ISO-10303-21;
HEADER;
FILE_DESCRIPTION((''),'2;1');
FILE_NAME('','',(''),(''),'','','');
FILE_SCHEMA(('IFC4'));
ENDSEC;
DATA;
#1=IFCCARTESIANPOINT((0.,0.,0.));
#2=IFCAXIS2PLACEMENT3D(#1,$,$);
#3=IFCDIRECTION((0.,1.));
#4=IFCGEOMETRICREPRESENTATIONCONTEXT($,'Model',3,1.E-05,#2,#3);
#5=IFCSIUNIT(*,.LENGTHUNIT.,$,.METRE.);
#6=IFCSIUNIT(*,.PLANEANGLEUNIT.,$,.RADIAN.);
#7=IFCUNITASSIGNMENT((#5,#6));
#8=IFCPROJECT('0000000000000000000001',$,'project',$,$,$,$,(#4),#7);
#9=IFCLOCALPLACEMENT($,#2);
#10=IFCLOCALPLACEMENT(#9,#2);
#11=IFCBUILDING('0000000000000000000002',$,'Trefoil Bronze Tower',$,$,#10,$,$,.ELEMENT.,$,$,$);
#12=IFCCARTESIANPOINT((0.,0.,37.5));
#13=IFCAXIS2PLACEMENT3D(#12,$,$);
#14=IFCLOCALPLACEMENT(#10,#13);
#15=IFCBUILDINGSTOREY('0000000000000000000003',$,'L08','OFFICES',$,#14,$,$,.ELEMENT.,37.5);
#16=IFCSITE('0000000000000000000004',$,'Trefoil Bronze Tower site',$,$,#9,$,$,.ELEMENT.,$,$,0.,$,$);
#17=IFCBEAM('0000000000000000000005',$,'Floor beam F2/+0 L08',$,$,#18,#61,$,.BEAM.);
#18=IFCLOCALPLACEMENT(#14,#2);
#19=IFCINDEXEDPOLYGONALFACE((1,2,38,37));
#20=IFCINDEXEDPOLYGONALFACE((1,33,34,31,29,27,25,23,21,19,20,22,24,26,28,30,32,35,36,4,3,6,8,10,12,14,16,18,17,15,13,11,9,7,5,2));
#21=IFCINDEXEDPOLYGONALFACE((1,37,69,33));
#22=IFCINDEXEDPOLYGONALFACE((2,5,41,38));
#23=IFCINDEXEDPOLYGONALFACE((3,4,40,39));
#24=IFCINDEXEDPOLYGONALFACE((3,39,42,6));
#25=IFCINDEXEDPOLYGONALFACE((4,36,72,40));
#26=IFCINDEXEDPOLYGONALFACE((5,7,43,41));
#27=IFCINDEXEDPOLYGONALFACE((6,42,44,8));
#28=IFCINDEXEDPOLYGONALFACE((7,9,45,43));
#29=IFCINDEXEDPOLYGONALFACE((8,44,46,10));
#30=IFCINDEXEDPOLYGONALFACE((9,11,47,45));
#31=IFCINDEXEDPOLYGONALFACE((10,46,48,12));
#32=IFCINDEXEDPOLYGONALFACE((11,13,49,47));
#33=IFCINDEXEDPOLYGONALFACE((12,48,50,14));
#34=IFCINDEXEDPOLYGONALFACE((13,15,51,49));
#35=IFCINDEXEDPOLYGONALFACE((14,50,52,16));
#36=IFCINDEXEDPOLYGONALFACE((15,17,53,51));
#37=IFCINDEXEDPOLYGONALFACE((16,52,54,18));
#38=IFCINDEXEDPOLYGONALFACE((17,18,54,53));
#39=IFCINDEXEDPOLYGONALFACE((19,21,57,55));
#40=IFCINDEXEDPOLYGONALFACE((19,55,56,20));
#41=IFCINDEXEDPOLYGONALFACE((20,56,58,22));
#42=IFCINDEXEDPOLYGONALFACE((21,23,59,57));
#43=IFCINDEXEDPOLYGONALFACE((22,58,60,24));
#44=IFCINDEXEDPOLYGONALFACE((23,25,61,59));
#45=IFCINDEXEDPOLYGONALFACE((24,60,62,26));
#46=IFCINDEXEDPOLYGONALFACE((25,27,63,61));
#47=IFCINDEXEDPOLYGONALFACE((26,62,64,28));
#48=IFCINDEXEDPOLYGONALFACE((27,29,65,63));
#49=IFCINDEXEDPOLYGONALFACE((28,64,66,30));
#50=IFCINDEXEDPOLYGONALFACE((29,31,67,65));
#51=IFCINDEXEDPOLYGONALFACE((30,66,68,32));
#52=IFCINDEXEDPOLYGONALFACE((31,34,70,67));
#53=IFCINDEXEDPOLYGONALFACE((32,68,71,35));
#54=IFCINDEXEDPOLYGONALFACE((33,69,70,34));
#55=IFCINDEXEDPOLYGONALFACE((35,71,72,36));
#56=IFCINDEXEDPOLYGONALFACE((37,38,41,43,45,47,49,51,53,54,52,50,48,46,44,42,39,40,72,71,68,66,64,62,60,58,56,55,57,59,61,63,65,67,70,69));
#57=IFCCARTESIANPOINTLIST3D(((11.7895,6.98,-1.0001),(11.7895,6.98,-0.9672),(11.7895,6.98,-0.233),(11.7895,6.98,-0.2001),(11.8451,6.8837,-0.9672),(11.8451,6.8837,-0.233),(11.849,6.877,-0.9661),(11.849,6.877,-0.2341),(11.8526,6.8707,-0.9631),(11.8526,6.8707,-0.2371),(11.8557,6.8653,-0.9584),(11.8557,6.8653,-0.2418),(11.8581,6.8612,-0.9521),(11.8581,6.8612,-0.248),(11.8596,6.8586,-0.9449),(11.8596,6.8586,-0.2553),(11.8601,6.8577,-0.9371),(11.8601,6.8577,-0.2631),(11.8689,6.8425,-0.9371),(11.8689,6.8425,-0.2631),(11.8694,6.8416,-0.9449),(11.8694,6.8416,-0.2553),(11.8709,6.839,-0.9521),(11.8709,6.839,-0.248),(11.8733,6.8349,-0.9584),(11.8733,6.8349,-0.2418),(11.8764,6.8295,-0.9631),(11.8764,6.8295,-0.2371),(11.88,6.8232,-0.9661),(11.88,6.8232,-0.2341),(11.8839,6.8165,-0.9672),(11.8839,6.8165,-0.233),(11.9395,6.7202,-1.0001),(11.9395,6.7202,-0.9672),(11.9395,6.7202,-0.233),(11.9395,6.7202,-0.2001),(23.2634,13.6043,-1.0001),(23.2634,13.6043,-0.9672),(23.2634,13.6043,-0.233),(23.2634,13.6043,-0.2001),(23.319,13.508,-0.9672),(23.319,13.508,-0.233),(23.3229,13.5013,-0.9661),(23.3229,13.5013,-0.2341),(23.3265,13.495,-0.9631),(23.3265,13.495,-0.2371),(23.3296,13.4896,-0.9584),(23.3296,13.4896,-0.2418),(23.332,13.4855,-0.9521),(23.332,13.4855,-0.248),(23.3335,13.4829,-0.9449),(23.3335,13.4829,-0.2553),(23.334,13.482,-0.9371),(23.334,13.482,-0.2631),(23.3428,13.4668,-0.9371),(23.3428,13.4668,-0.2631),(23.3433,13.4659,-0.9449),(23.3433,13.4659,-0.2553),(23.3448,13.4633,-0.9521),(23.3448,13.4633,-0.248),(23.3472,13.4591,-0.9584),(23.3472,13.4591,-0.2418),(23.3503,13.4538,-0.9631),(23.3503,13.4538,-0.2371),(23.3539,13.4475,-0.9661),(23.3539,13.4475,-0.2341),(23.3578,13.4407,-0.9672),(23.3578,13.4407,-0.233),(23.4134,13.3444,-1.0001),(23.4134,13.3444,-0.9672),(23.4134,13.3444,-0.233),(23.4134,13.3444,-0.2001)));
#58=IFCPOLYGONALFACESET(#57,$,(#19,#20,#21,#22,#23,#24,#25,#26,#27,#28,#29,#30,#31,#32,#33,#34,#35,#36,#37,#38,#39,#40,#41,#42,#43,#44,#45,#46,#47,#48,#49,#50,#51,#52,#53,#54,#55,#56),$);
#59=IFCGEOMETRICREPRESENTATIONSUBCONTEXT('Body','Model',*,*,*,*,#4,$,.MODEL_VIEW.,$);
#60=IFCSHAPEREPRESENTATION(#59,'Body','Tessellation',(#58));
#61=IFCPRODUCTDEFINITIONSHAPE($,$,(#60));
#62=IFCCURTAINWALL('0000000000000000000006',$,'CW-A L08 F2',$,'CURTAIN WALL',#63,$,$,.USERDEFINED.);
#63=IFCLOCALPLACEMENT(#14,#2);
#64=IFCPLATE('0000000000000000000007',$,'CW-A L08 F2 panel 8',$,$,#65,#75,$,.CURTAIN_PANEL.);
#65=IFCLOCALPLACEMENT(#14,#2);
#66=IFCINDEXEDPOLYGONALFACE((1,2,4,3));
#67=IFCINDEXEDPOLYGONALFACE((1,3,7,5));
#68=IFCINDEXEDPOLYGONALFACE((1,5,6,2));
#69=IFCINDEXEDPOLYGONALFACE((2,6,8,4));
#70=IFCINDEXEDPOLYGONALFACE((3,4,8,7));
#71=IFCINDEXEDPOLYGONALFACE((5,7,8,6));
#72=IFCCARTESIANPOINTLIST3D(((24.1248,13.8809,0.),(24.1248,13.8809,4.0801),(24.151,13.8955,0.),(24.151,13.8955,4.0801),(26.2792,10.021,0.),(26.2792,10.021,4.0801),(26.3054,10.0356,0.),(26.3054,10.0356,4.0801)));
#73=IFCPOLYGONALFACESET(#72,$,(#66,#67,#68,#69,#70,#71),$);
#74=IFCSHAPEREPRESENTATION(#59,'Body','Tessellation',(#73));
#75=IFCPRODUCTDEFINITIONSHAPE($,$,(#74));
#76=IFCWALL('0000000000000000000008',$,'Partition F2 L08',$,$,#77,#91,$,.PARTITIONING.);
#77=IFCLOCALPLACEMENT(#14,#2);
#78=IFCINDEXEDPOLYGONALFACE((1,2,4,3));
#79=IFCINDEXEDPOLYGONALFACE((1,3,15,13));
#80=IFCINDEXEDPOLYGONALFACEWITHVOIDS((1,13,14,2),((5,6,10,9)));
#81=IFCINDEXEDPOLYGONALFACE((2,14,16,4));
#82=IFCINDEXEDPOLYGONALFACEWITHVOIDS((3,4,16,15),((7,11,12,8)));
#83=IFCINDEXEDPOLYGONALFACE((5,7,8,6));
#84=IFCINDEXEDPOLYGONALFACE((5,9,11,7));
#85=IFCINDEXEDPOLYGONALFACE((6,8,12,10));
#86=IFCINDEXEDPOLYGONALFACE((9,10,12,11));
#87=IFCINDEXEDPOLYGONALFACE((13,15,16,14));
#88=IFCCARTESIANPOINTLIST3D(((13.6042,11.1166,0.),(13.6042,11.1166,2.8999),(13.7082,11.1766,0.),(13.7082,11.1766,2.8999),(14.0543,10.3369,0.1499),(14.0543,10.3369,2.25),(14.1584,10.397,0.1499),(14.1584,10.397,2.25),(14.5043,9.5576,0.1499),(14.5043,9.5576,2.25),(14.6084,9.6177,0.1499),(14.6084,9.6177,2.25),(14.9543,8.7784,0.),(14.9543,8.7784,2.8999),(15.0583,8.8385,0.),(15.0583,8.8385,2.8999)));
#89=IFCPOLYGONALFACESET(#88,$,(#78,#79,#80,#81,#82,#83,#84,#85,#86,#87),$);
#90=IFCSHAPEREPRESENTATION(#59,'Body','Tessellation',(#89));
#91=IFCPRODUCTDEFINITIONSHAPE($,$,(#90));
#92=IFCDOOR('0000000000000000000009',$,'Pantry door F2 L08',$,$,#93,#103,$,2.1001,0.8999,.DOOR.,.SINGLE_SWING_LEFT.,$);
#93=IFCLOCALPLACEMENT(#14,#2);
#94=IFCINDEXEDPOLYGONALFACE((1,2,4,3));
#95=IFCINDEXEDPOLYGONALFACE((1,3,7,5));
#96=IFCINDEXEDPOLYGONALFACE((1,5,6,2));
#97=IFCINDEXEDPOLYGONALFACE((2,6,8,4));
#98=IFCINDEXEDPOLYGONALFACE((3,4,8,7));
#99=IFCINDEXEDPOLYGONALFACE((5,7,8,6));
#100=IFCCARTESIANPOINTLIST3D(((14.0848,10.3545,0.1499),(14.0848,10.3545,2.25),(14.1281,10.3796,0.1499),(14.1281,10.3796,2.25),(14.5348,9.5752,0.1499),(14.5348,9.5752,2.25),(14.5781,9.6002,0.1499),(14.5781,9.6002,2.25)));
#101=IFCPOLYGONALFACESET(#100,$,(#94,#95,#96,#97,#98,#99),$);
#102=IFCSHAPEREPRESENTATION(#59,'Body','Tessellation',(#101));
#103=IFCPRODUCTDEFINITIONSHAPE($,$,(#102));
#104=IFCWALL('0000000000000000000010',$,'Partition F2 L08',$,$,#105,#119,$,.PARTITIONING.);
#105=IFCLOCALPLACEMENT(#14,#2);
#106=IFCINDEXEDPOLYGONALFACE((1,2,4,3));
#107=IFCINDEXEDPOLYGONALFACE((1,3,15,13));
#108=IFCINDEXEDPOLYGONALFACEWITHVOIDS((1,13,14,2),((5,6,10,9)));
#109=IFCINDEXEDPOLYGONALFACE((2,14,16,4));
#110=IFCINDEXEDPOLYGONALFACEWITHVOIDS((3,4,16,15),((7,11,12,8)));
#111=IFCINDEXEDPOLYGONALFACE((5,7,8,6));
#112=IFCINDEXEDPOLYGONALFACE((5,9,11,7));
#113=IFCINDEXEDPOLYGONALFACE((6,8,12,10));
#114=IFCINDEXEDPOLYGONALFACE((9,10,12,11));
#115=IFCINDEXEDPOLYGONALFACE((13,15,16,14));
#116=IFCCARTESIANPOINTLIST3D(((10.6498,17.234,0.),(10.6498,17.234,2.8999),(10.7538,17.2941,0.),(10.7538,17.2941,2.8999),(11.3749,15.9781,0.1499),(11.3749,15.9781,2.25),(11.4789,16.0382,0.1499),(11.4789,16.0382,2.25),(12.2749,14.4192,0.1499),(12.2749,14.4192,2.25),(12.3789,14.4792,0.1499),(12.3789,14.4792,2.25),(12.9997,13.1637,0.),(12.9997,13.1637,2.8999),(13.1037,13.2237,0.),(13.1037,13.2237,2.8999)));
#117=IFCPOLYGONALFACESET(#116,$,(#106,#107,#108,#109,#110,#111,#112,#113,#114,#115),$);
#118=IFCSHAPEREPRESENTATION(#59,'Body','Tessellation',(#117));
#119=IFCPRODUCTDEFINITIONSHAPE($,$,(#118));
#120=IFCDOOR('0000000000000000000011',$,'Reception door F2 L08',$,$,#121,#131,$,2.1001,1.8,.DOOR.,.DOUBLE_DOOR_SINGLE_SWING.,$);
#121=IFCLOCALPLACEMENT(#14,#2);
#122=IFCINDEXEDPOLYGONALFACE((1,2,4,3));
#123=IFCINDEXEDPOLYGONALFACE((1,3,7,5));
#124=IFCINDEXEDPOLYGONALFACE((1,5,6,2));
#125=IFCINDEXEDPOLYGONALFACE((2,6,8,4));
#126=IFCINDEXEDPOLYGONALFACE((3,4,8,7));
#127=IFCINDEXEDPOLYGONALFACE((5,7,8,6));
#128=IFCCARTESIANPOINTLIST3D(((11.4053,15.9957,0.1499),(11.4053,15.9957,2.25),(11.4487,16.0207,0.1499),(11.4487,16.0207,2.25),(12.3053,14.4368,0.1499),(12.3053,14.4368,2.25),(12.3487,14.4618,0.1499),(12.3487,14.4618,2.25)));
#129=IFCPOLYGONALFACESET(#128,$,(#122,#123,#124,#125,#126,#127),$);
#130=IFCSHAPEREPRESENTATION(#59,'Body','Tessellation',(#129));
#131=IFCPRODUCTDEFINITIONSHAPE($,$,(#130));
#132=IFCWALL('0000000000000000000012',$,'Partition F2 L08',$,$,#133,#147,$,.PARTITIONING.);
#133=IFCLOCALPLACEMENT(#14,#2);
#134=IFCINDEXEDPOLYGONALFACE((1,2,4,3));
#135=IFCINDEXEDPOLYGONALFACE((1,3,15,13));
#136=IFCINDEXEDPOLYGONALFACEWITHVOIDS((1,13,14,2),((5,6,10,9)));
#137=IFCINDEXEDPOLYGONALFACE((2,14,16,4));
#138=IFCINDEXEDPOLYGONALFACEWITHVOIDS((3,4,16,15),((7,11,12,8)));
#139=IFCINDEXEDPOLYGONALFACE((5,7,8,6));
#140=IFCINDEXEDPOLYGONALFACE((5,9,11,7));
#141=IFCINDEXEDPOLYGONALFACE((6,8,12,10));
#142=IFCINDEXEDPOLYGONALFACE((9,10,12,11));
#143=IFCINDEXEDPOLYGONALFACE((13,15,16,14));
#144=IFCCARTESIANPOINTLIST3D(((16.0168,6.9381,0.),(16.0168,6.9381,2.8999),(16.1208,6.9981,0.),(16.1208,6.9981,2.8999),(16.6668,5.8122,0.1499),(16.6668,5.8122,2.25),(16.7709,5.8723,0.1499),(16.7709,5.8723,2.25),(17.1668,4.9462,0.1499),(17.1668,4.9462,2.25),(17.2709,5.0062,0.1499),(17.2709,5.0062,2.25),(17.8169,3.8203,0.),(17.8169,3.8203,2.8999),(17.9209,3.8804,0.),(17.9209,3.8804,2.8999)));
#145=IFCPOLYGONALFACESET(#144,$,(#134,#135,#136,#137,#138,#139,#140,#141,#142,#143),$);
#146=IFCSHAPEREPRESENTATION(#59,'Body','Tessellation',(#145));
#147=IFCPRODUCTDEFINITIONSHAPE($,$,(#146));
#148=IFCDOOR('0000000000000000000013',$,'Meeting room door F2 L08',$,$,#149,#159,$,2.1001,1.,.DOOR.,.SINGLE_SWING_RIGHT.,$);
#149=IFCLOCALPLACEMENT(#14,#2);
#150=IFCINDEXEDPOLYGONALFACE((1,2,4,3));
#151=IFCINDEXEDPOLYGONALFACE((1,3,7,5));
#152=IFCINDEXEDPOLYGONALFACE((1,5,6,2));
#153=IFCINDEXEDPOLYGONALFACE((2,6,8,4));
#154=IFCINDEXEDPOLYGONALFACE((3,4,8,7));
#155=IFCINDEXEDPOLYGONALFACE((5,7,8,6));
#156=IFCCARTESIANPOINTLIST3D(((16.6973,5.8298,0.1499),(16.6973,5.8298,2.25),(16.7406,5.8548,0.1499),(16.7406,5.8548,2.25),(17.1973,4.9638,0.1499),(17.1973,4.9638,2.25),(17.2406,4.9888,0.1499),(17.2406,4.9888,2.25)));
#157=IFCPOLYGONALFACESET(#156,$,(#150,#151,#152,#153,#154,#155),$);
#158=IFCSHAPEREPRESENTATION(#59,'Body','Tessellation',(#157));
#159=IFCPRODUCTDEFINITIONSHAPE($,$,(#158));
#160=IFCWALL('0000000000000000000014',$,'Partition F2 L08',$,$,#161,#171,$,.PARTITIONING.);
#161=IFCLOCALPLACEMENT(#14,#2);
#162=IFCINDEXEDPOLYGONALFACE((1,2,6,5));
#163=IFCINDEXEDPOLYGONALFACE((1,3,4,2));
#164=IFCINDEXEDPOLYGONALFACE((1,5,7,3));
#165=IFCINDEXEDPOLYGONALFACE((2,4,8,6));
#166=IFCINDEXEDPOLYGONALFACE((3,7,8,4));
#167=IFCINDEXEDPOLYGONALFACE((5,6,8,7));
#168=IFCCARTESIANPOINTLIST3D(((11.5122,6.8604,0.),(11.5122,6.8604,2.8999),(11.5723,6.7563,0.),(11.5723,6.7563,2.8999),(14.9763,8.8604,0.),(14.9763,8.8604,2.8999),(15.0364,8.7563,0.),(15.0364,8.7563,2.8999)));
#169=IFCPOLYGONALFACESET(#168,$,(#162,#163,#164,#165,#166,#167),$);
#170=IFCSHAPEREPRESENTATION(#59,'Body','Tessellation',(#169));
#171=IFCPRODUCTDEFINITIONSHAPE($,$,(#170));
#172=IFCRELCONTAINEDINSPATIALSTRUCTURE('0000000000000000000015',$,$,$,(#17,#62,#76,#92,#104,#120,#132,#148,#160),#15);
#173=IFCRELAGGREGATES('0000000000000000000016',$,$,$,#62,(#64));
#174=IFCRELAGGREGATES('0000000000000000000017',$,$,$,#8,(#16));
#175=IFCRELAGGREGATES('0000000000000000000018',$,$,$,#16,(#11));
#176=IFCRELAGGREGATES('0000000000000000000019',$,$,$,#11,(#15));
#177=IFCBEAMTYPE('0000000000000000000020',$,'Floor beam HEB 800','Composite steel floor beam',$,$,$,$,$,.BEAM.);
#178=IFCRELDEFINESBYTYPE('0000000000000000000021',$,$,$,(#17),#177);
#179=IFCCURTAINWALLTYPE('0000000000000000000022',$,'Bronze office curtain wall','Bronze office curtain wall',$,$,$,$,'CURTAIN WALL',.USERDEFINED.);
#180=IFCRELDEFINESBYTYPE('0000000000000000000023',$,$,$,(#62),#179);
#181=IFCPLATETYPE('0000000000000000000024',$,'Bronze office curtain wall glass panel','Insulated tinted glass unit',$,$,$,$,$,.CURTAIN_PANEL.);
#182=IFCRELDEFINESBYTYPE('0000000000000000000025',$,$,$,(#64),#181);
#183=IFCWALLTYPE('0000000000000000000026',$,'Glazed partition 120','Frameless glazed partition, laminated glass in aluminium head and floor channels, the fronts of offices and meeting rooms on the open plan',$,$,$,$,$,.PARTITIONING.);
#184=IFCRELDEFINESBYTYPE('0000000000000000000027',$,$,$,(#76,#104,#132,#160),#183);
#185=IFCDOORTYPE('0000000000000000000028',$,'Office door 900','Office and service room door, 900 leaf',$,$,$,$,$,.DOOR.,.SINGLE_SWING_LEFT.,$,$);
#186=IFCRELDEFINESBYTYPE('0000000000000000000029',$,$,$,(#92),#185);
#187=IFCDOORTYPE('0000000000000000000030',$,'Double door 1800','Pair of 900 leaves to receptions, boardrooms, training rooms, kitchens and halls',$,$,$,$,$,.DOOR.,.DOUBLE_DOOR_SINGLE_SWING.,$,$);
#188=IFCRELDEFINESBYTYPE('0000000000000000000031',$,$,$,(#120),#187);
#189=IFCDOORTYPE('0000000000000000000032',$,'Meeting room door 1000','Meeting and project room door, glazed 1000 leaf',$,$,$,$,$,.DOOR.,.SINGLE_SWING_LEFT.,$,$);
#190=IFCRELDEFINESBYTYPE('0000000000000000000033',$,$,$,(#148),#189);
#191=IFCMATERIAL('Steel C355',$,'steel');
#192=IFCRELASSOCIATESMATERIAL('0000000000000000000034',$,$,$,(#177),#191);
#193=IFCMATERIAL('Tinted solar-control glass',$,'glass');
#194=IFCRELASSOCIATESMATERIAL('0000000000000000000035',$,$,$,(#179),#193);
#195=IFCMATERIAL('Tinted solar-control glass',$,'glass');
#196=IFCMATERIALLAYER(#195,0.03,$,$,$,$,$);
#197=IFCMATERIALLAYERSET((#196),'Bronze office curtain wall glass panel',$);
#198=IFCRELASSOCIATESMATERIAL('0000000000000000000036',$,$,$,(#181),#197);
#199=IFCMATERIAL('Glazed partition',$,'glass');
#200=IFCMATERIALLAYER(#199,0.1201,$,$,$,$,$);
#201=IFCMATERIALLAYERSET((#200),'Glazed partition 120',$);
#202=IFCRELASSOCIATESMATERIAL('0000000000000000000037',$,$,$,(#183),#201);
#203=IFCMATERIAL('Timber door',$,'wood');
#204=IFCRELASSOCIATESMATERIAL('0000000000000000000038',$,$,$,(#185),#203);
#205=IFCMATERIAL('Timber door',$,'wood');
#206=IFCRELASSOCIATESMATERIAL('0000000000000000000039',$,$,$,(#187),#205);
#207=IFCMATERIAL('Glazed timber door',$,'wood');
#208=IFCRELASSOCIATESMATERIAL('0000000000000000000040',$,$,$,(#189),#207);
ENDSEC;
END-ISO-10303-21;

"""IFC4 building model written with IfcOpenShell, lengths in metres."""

from ifc_helpers import new_model, si_unit, direction, frame, frame_2d, origin, origin_2d, place, context, subcontext, project, spatial, rectangle, i_section, extrude, material, layer, layer_set, material_profile, profile_set, type_object, element, fill, aggregate, save


model = new_model("IFC4")

# Units and contexts
model_context = context("Model", 3, precision=1e-05, world=origin(), true_north=direction((0.0, 1.0)))
body_context = subcontext(model_context, "Body", "Model", "MODEL_VIEW")
ifc_project = project(units=[si_unit("LENGTHUNIT", "METRE"), si_unit("PLANEANGLEUNIT", "RADIAN")], contexts=[model_context])

# Site, building, storey
site_placement = place(None, origin())
site = spatial("IfcSite", under=ifc_project, at=site_placement, Name="Trefoil Bronze Tower site", CompositionType="ELEMENT", RefElevation=0.0)
building_placement = place(site_placement, origin())
building = spatial("IfcBuilding", under=site, at=building_placement, Name="Trefoil Bronze Tower", CompositionType="ELEMENT")
storey_placement = place(building_placement, frame((0.0, 0.0, 37.5)))
storey = spatial("IfcBuildingStorey", under=building, at=storey_placement, Name="L08", Description="OFFICES", CompositionType="ELEMENT", Elevation=37.5)

# Beam
ifc_material_1 = material(Name="Steel C355", Category="steel")
ifc_material_profile_1 = material_profile(ifc_material_1, i_section(OverallWidth=0.3, OverallDepth=0.8, WebThickness=0.0176, FlangeThickness=0.033, FilletRadius=0.03, at=origin_2d()), Name="HEB 800")
ifc_profile_set_1 = profile_set([ifc_material_profile_1], Name="Steel C355")
beam_type_1 = type_object("IfcBeamType", Name="Floor beam HEB 800", Description="Composite steel floor beam", PredefinedType="BEAM", material=ifc_profile_set_1)
beam_1_placement = place(storey_placement, frame((23.3384, 13.4744, -0.6001), z_axis=(-0.866031, -0.49999, 0.0), x_axis=(0.49999, -0.866031, 0.0)))
element("IfcBeam", 1, at=beam_1_placement, inside=storey, type_object=beam_type_1, Name="Floor beam F2/+0 L08", PredefinedType="BEAM", context=body_context, shape_type="SweptSolid", body=[
    extrude(i_section(OverallWidth=0.3, OverallDepth=0.8, WebThickness=0.0176, FlangeThickness=0.033, FilletRadius=0.03, at=origin_2d()), origin(), (0.0, 0.0, 1.0), 13.2488),
])

# Curtain wall, plate
ifc_material_2 = material(Name="Tinted solar-control glass", Category="glass")
curtain_wall_type = type_object("IfcCurtainWallType", Name="Bronze office curtain wall", Description="Bronze office curtain wall", ElementType="CURTAIN WALL", PredefinedType="USERDEFINED", material=ifc_material_2)
curtain_wall_placement = place(storey_placement, origin())
curtain_wall = element("IfcCurtainWall", 2, at=curtain_wall_placement, inside=storey, type_object=curtain_wall_type, Name="CW-A L08 F2", ObjectType="CURTAIN WALL", PredefinedType="USERDEFINED")
ifc_material_3 = material(Name="Tinted solar-control glass", Category="glass")
ifc_layer_1 = layer(ifc_material_3, 0.03)
ifc_layer_set_1 = layer_set([ifc_layer_1], Name="Bronze office curtain wall glass panel")
plate_type = type_object("IfcPlateType", Name="Bronze office curtain wall glass panel", Description="Insulated tinted glass unit", PredefinedType="CURTAIN_PANEL", material=ifc_layer_set_1)
plate_placement = place(storey_placement, frame((25.2151, 11.9583, 0.0), z_axis=(0.0, 0.0, 1.0), x_axis=(-0.487382, 0.873189, 0.0)))
plate = element("IfcPlate", 3, at=plate_placement, type_object=plate_type, Name="CW-A L08 F2 panel 8", PredefinedType="CURTAIN_PANEL", context=body_context, shape_type="SweptSolid", body=[
    extrude(rectangle(XDim=4.4204, YDim=0.03, at=origin_2d()), origin(), (0.0, 0.0, 1.0), 4.0801),
])
aggregate(curtain_wall, [plate])

# Walls, openings, doors
ifc_material_4 = material(Name="Glazed partition", Category="glass")
ifc_layer_2 = layer(ifc_material_4, 0.1201)
ifc_layer_set_2 = layer_set([ifc_layer_2], Name="Glazed partition 120")
wall_type_1 = type_object("IfcWallType", Name="Glazed partition 120", Description="Frameless glazed partition, laminated glass in aluminium head and floor channels, the fronts of offices and meeting rooms on the open plan", PredefinedType="PARTITIONING", material=ifc_layer_set_2)
wall_1_placement = place(storey_placement, frame((15.0063, 8.8083, 0.0), z_axis=(0.0, 0.0, 1.0), x_axis=(-0.500049, 0.865997, 0.0)))
wall_1 = element("IfcWall", 4, at=wall_1_placement, inside=storey, type_object=wall_type_1, Name="Partition F2 L08", PredefinedType="PARTITIONING", context=body_context, shape_type="SweptSolid", body=[
    extrude(rectangle(XDim=2.7, YDim=0.1201, at=frame_2d((1.3501, 0.0))), origin(), (0.0, 0.0, 1.0), 2.8999),
])
opening_1_placement = place(wall_1_placement, frame((0.8999, 0.0, 0.1499)))
opening_1 = element("IfcOpeningElement", 5, at=opening_1_placement, cuts=wall_1, PredefinedType="OPENING", context=body_context, shape_type="SweptSolid", body=[
    extrude(rectangle(XDim=0.8999, YDim=2.1001, at=frame_2d((0.45, 1.05))), frame((0.0, 0.0701, 0.0), z_axis=(0.0, -1.0, 0.0), x_axis=(1.0, 0.0, 0.0)), (0.0, 0.0, 1.0), 0.1401),
])
ifc_material_5 = material(Name="Timber door", Category="wood")
door_type_1 = type_object("IfcDoorType", Name="Office door 900", Description="Office and service room door, 900 leaf", OperationType="SINGLE_SWING_LEFT", PredefinedType="DOOR", material=ifc_material_5)
door_1_placement = place(opening_1_placement, origin())
door_1 = element("IfcDoor", 6, at=door_1_placement, inside=storey, type_object=door_type_1, Name="Pantry door F2 L08", OperationType="SINGLE_SWING_LEFT", OverallHeight=2.1001, OverallWidth=0.8999, PredefinedType="DOOR", context=body_context, shape_type="SweptSolid", body=[
    extrude(rectangle(XDim=0.8999, YDim=2.1001, at=frame_2d((0.45, 1.05))), frame((0.0, 0.0249, 0.0), z_axis=(0.0, -1.0, 0.0), x_axis=(1.0, 0.0, 0.0)), (0.0, 0.0, 1.0), 0.05),
])
fill(opening_1, door_1)
wall_2_placement = place(storey_placement, frame((13.0518, 13.1936, 0.0), z_axis=(0.0, 0.0, 1.0), x_axis=(-0.499977, 0.866039, 0.0)))
wall_2 = element("IfcWall", 7, at=wall_2_placement, inside=storey, type_object=wall_type_1, Name="Partition F2 L08", PredefinedType="PARTITIONING", context=body_context, shape_type="SweptSolid", body=[
    extrude(rectangle(XDim=4.7, YDim=0.1201, at=frame_2d((2.3501, 0.0))), origin(), (0.0, 0.0, 1.0), 2.8999),
])
opening_2_placement = place(wall_2_placement, frame((1.45, 0.0, 0.1499)))
opening_2 = element("IfcOpeningElement", 8, at=opening_2_placement, cuts=wall_2, PredefinedType="OPENING", context=body_context, shape_type="SweptSolid", body=[
    extrude(rectangle(XDim=1.8, YDim=2.1001, at=frame_2d((0.8999, 1.05))), frame((0.0, 0.0701, 0.0), z_axis=(0.0, -1.0, 0.0), x_axis=(1.0, 0.0, 0.0)), (0.0, 0.0, 1.0), 0.1401),
])
ifc_material_6 = material(Name="Timber door", Category="wood")
door_type_2 = type_object("IfcDoorType", Name="Double door 1800", Description="Pair of 900 leaves to receptions, boardrooms, training rooms, kitchens and halls", OperationType="DOUBLE_DOOR_SINGLE_SWING", PredefinedType="DOOR", material=ifc_material_6)
door_2_placement = place(opening_2_placement, origin())
door_2 = element("IfcDoor", 9, at=door_2_placement, inside=storey, type_object=door_type_2, Name="Reception door F2 L08", OperationType="DOUBLE_DOOR_SINGLE_SWING", OverallHeight=2.1001, OverallWidth=1.8, PredefinedType="DOOR", context=body_context, shape_type="SweptSolid", body=[
    extrude(rectangle(XDim=1.8, YDim=2.1001, at=frame_2d((0.8999, 1.05))), frame((0.0, 0.0249, 0.0), z_axis=(0.0, -1.0, 0.0), x_axis=(1.0, 0.0, 0.0)), (0.0, 0.0, 1.0), 0.05),
])
fill(opening_2, door_2)
wall_3_placement = place(storey_placement, frame((17.8689, 3.8503, 0.0), z_axis=(0.0, 0.0, 1.0), x_axis=(-0.500012, 0.866018, 0.0)))
wall_3 = element("IfcWall", 10, at=wall_3_placement, inside=storey, type_object=wall_type_1, Name="Partition F2 L08", PredefinedType="PARTITIONING", context=body_context, shape_type="SweptSolid", body=[
    extrude(rectangle(XDim=3.6001, YDim=0.1201, at=frame_2d((1.8, 0.0))), origin(), (0.0, 0.0, 1.0), 2.8999),
])
opening_3_placement = place(wall_3_placement, frame((1.3, 0.0, 0.1499)))
opening_3 = element("IfcOpeningElement", 11, at=opening_3_placement, cuts=wall_3, PredefinedType="OPENING", context=body_context, shape_type="SweptSolid", body=[
    extrude(rectangle(XDim=1.0, YDim=2.1001, at=frame_2d((0.5, 1.05))), frame((0.0, 0.0701, 0.0), z_axis=(0.0, -1.0, 0.0), x_axis=(1.0, 0.0, 0.0)), (0.0, 0.0, 1.0), 0.1401),
])
ifc_material_7 = material(Name="Glazed timber door", Category="wood")
door_type_3 = type_object("IfcDoorType", Name="Meeting room door 1000", Description="Meeting and project room door, glazed 1000 leaf", OperationType="SINGLE_SWING_LEFT", PredefinedType="DOOR", material=ifc_material_7)
door_3_placement = place(opening_3_placement, origin())
door_3 = element("IfcDoor", 12, at=door_3_placement, inside=storey, type_object=door_type_3, Name="Meeting room door F2 L08", OperationType="SINGLE_SWING_RIGHT", OverallHeight=2.1001, OverallWidth=1.0, PredefinedType="DOOR", context=body_context, shape_type="SweptSolid", body=[
    extrude(rectangle(XDim=1.0, YDim=2.1001, at=frame_2d((0.5, 1.05))), frame((0.0, 0.0249, 0.0), z_axis=(0.0, -1.0, 0.0), x_axis=(1.0, 0.0, 0.0)), (0.0, 0.0, 1.0), 0.05),
])
fill(opening_3, door_3)

# Wall
for number, where, z_axis, x_axis, name in (
    (13, (11.5422, 6.8083, 0.0), (0.0, 0.0, 1.0), (0.866026, 0.499999, 0.0), "Partition F2 L08"),
):
    element("IfcWall", number, at=place(storey_placement, frame(where, z_axis=z_axis, x_axis=x_axis)), inside=storey, type_object=wall_type_1, Name=name, PredefinedType="PARTITIONING", context=body_context, shape_type="SweptSolid", body=[
        extrude(rectangle(XDim=4.0, YDim=0.1201, at=frame_2d((2.0, 0.0))), origin(), (0.0, 0.0, 1.0), 2.8999),
    ])

save(model, "model.ifc")
